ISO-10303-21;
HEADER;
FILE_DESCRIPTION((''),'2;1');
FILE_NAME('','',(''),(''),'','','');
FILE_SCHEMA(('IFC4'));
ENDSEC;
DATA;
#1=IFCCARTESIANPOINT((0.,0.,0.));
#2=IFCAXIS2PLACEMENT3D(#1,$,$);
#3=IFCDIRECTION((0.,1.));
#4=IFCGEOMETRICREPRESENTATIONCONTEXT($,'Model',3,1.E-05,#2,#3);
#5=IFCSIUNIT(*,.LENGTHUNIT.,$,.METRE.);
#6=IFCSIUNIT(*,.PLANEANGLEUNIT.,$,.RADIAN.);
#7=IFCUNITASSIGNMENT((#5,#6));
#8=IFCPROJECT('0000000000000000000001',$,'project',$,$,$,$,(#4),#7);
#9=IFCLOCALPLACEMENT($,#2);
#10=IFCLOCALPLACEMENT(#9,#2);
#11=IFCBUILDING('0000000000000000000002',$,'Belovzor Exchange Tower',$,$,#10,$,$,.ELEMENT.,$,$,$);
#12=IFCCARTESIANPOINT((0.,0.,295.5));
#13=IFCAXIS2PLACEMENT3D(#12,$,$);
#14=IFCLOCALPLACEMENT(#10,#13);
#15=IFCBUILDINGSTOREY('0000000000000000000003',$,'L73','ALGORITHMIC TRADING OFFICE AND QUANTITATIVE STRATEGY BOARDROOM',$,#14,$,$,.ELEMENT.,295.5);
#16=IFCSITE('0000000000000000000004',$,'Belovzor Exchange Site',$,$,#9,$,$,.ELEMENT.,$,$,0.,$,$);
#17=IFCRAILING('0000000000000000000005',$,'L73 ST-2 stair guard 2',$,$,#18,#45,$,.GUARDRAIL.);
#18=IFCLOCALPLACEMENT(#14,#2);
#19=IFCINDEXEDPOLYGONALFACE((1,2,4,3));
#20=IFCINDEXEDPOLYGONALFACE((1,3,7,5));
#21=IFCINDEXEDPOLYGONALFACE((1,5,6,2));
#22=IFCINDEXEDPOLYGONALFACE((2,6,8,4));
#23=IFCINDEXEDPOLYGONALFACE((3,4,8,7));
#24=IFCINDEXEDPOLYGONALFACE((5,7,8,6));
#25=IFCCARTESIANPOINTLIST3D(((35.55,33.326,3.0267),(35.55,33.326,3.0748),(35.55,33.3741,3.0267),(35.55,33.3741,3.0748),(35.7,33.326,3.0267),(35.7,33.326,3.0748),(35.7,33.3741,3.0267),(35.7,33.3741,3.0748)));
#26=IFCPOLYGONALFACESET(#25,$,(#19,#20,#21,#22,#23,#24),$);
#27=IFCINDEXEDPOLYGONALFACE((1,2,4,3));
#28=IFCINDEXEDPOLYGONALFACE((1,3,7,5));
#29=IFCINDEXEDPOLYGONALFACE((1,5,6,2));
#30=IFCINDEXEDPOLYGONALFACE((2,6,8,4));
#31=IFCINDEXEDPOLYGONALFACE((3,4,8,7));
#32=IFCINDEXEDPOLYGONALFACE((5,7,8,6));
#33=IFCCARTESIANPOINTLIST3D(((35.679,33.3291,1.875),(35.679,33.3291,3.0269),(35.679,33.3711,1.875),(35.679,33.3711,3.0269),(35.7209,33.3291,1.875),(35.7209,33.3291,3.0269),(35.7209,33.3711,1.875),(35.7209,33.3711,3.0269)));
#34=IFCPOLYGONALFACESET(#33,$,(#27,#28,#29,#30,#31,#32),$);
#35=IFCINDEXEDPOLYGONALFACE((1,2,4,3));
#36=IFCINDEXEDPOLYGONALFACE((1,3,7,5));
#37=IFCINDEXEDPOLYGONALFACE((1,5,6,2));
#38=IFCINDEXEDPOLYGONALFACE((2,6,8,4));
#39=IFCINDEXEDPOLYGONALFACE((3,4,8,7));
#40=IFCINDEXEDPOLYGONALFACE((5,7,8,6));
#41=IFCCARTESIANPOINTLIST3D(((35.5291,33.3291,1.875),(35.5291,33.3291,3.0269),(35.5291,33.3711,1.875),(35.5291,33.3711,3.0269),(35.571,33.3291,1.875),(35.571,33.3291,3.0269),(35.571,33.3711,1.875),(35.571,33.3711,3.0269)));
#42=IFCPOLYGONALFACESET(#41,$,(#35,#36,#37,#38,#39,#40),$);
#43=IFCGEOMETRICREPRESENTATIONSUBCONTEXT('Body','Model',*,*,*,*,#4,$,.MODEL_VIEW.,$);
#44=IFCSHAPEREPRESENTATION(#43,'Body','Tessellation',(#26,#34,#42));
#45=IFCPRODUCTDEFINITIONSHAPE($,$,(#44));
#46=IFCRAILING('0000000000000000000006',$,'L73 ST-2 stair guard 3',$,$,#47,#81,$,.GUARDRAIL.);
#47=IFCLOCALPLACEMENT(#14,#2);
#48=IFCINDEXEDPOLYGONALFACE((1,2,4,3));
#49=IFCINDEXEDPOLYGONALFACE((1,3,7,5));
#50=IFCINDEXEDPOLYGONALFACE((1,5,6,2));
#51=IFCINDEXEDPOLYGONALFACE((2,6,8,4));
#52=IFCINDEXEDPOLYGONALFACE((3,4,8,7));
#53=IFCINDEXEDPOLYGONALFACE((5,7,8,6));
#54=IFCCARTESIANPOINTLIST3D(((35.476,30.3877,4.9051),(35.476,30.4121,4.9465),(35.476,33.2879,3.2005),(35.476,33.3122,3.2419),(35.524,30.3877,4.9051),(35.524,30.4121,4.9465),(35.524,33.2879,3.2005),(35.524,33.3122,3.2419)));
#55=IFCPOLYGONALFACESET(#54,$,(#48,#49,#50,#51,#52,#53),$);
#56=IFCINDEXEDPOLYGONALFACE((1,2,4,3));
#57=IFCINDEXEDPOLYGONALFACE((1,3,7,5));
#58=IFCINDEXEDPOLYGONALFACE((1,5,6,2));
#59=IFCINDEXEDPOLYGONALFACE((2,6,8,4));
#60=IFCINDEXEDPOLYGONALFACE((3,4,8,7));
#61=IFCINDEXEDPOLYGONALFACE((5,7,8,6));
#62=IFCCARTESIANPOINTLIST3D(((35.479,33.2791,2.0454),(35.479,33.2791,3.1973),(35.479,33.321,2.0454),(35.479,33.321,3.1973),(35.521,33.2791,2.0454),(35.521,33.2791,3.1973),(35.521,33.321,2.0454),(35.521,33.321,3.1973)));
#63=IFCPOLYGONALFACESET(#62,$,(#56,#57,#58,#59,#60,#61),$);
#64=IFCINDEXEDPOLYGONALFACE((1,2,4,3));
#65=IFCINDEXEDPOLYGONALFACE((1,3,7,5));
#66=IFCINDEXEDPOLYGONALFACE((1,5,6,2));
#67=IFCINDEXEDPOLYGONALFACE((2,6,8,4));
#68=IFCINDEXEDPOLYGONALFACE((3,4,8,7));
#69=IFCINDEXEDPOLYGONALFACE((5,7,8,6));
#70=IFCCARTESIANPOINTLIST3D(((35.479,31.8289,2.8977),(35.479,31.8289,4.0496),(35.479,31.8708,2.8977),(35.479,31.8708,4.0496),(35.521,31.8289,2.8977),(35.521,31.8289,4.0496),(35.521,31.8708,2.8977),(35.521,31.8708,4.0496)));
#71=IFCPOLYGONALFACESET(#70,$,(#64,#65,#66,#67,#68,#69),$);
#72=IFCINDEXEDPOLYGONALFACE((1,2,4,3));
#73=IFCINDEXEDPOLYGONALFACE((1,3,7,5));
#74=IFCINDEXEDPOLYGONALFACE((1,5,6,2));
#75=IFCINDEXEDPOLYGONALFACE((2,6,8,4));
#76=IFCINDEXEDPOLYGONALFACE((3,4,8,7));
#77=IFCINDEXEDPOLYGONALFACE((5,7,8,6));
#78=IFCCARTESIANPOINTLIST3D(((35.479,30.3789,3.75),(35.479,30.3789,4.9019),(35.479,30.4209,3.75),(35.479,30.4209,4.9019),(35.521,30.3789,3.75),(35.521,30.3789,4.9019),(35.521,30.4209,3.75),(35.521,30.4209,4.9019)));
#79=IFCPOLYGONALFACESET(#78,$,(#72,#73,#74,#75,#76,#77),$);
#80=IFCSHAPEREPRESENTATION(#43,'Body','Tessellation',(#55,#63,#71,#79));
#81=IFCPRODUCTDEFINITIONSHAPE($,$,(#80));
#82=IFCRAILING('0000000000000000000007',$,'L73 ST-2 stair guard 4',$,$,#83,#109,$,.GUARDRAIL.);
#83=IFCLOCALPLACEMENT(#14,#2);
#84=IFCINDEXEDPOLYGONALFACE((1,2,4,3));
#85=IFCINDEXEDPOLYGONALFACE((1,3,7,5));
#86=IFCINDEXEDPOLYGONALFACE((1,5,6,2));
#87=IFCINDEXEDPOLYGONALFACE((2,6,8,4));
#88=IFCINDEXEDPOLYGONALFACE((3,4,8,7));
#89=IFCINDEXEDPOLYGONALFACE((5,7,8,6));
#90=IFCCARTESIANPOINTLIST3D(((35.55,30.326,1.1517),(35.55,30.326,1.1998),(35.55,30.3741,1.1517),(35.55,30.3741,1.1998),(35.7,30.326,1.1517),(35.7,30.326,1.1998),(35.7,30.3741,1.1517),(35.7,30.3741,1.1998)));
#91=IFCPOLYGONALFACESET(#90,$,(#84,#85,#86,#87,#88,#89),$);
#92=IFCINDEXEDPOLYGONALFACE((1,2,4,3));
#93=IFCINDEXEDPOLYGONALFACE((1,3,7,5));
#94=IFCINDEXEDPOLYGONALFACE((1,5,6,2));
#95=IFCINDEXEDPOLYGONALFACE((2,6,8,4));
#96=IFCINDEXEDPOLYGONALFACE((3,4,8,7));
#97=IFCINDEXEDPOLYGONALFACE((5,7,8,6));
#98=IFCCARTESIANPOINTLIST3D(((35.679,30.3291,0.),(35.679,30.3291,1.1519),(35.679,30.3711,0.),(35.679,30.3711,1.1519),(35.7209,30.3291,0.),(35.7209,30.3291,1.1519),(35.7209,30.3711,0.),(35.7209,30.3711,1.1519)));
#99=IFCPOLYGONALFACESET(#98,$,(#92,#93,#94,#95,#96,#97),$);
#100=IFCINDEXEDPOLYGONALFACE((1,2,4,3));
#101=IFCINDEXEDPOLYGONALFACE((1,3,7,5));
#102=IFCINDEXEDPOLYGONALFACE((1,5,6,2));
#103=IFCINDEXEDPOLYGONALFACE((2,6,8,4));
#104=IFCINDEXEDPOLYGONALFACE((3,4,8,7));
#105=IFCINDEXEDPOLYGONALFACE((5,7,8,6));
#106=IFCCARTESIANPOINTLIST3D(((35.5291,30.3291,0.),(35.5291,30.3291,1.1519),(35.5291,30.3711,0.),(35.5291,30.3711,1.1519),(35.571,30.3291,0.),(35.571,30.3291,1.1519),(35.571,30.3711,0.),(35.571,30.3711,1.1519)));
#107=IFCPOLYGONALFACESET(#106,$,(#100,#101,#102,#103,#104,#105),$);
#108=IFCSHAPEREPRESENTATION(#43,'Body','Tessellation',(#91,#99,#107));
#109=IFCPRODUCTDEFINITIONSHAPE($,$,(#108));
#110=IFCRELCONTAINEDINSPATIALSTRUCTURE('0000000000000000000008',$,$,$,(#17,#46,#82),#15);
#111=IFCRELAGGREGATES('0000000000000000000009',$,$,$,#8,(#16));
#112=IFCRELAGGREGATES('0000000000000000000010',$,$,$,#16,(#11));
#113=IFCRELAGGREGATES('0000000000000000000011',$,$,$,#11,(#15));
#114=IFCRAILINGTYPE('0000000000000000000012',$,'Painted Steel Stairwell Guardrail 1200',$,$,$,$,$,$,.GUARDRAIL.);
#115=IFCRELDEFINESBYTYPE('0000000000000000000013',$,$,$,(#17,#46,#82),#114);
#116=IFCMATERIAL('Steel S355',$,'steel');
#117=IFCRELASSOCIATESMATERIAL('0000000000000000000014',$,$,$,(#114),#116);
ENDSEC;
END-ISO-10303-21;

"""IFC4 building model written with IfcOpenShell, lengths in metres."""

from ifc_helpers import new_model, si_unit, direction, frame, origin, origin_2d, place, context, subcontext, project, spatial, rectangle, extrude, material, type_object, element, save


model = new_model("IFC4")

# Units and contexts
model_context = context("Model", 3, precision=1e-05, world=origin(), true_north=direction((0.0, 1.0)))
body_context = subcontext(model_context, "Body", "Model", "MODEL_VIEW")
ifc_project = project(units=[si_unit("LENGTHUNIT", "METRE"), si_unit("PLANEANGLEUNIT", "RADIAN")], contexts=[model_context])

# Site, building, storey
site_placement = place(None, origin())
site = spatial("IfcSite", under=ifc_project, at=site_placement, Name="Belovzor Exchange Site", CompositionType="ELEMENT", RefElevation=0.0)
building_placement = place(site_placement, origin())
building = spatial("IfcBuilding", under=site, at=building_placement, Name="Belovzor Exchange Tower", CompositionType="ELEMENT")
storey_placement = place(building_placement, frame((0.0, 0.0, 295.5)))
storey = spatial("IfcBuildingStorey", under=building, at=storey_placement, Name="L73", Description="ALGORITHMIC TRADING OFFICE AND QUANTITATIVE STRATEGY BOARDROOM", CompositionType="ELEMENT", Elevation=295.5)

# Railings
ifc_material_1 = material(Name="Steel S355", Category="steel")
railing_type_1 = type_object("IfcRailingType", Name="Painted Steel Stairwell Guardrail 1200", PredefinedType="GUARDRAIL", material=ifc_material_1)
railing_1_placement = place(storey_placement, frame((35.7, 33.3501, 1.875)))
element("IfcRailing", 1, at=railing_1_placement, inside=storey, type_object=railing_type_1, Name="L73 ST-2 stair guard 2", PredefinedType="GUARDRAIL", context=body_context, shape_type="SweptSolid", body=[
    extrude(rectangle(XDim=0.0481, YDim=0.0481, at=origin_2d()), frame((0.0, 0.0, 1.1758), z_axis=(-1.0, 0.0, 0.0), x_axis=(0.0, -1.0, 0.0)), (0.0, 0.0, 1.0), 0.1499),
    extrude(rectangle(XDim=0.042, YDim=0.042, at=origin_2d()), origin(), (0.0, 0.0, 1.0), 1.1519),
    extrude(rectangle(XDim=0.042, YDim=0.042, at=origin_2d()), frame((-0.1499, 0.0, 0.0)), (0.0, 0.0, 1.0), 1.1519),
])
railing_2_placement = place(storey_placement, frame((35.5, 33.3, 2.0454)))
element("IfcRailing", 2, at=railing_2_placement, inside=storey, type_object=railing_type_1, Name="L73 ST-2 stair guard 3", PredefinedType="GUARDRAIL", context=body_context, shape_type="SweptSolid", body=[
    extrude(rectangle(XDim=0.0481, YDim=0.0481, at=origin_2d()), frame((0.0, 0.0, 1.1758), z_axis=(0.0, -0.862113, 0.506716), x_axis=(1.0, 0.0, 0.0)), (0.0, 0.0, 1.0), 3.364),
    extrude(rectangle(XDim=0.042, YDim=0.042, at=origin_2d()), origin(), (0.0, 0.0, 1.0), 1.1519),
    extrude(rectangle(XDim=0.042, YDim=0.042, at=origin_2d()), frame((0.0, -1.4502, 0.8523)), (0.0, 0.0, 1.0), 1.1519),
    extrude(rectangle(XDim=0.042, YDim=0.042, at=origin_2d()), frame((0.0, -2.9001, 1.7046)), (0.0, 0.0, 1.0), 1.1519),
])
railing_3_placement = place(storey_placement, frame((35.7, 30.3501, 0.0)))
element("IfcRailing", 3, at=railing_3_placement, inside=storey, type_object=railing_type_1, Name="L73 ST-2 stair guard 4", PredefinedType="GUARDRAIL", context=body_context, shape_type="SweptSolid", body=[
    extrude(rectangle(XDim=0.0481, YDim=0.0481, at=origin_2d()), frame((0.0, 0.0, 1.1758), z_axis=(-1.0, 0.0, 0.0), x_axis=(0.0, -1.0, 0.0)), (0.0, 0.0, 1.0), 0.1499),
    extrude(rectangle(XDim=0.042, YDim=0.042, at=origin_2d()), origin(), (0.0, 0.0, 1.0), 1.1519),
    extrude(rectangle(XDim=0.042, YDim=0.042, at=origin_2d()), frame((-0.1499, 0.0, 0.0)), (0.0, 0.0, 1.0), 1.1519),
])

save(model, "model.ifc")
